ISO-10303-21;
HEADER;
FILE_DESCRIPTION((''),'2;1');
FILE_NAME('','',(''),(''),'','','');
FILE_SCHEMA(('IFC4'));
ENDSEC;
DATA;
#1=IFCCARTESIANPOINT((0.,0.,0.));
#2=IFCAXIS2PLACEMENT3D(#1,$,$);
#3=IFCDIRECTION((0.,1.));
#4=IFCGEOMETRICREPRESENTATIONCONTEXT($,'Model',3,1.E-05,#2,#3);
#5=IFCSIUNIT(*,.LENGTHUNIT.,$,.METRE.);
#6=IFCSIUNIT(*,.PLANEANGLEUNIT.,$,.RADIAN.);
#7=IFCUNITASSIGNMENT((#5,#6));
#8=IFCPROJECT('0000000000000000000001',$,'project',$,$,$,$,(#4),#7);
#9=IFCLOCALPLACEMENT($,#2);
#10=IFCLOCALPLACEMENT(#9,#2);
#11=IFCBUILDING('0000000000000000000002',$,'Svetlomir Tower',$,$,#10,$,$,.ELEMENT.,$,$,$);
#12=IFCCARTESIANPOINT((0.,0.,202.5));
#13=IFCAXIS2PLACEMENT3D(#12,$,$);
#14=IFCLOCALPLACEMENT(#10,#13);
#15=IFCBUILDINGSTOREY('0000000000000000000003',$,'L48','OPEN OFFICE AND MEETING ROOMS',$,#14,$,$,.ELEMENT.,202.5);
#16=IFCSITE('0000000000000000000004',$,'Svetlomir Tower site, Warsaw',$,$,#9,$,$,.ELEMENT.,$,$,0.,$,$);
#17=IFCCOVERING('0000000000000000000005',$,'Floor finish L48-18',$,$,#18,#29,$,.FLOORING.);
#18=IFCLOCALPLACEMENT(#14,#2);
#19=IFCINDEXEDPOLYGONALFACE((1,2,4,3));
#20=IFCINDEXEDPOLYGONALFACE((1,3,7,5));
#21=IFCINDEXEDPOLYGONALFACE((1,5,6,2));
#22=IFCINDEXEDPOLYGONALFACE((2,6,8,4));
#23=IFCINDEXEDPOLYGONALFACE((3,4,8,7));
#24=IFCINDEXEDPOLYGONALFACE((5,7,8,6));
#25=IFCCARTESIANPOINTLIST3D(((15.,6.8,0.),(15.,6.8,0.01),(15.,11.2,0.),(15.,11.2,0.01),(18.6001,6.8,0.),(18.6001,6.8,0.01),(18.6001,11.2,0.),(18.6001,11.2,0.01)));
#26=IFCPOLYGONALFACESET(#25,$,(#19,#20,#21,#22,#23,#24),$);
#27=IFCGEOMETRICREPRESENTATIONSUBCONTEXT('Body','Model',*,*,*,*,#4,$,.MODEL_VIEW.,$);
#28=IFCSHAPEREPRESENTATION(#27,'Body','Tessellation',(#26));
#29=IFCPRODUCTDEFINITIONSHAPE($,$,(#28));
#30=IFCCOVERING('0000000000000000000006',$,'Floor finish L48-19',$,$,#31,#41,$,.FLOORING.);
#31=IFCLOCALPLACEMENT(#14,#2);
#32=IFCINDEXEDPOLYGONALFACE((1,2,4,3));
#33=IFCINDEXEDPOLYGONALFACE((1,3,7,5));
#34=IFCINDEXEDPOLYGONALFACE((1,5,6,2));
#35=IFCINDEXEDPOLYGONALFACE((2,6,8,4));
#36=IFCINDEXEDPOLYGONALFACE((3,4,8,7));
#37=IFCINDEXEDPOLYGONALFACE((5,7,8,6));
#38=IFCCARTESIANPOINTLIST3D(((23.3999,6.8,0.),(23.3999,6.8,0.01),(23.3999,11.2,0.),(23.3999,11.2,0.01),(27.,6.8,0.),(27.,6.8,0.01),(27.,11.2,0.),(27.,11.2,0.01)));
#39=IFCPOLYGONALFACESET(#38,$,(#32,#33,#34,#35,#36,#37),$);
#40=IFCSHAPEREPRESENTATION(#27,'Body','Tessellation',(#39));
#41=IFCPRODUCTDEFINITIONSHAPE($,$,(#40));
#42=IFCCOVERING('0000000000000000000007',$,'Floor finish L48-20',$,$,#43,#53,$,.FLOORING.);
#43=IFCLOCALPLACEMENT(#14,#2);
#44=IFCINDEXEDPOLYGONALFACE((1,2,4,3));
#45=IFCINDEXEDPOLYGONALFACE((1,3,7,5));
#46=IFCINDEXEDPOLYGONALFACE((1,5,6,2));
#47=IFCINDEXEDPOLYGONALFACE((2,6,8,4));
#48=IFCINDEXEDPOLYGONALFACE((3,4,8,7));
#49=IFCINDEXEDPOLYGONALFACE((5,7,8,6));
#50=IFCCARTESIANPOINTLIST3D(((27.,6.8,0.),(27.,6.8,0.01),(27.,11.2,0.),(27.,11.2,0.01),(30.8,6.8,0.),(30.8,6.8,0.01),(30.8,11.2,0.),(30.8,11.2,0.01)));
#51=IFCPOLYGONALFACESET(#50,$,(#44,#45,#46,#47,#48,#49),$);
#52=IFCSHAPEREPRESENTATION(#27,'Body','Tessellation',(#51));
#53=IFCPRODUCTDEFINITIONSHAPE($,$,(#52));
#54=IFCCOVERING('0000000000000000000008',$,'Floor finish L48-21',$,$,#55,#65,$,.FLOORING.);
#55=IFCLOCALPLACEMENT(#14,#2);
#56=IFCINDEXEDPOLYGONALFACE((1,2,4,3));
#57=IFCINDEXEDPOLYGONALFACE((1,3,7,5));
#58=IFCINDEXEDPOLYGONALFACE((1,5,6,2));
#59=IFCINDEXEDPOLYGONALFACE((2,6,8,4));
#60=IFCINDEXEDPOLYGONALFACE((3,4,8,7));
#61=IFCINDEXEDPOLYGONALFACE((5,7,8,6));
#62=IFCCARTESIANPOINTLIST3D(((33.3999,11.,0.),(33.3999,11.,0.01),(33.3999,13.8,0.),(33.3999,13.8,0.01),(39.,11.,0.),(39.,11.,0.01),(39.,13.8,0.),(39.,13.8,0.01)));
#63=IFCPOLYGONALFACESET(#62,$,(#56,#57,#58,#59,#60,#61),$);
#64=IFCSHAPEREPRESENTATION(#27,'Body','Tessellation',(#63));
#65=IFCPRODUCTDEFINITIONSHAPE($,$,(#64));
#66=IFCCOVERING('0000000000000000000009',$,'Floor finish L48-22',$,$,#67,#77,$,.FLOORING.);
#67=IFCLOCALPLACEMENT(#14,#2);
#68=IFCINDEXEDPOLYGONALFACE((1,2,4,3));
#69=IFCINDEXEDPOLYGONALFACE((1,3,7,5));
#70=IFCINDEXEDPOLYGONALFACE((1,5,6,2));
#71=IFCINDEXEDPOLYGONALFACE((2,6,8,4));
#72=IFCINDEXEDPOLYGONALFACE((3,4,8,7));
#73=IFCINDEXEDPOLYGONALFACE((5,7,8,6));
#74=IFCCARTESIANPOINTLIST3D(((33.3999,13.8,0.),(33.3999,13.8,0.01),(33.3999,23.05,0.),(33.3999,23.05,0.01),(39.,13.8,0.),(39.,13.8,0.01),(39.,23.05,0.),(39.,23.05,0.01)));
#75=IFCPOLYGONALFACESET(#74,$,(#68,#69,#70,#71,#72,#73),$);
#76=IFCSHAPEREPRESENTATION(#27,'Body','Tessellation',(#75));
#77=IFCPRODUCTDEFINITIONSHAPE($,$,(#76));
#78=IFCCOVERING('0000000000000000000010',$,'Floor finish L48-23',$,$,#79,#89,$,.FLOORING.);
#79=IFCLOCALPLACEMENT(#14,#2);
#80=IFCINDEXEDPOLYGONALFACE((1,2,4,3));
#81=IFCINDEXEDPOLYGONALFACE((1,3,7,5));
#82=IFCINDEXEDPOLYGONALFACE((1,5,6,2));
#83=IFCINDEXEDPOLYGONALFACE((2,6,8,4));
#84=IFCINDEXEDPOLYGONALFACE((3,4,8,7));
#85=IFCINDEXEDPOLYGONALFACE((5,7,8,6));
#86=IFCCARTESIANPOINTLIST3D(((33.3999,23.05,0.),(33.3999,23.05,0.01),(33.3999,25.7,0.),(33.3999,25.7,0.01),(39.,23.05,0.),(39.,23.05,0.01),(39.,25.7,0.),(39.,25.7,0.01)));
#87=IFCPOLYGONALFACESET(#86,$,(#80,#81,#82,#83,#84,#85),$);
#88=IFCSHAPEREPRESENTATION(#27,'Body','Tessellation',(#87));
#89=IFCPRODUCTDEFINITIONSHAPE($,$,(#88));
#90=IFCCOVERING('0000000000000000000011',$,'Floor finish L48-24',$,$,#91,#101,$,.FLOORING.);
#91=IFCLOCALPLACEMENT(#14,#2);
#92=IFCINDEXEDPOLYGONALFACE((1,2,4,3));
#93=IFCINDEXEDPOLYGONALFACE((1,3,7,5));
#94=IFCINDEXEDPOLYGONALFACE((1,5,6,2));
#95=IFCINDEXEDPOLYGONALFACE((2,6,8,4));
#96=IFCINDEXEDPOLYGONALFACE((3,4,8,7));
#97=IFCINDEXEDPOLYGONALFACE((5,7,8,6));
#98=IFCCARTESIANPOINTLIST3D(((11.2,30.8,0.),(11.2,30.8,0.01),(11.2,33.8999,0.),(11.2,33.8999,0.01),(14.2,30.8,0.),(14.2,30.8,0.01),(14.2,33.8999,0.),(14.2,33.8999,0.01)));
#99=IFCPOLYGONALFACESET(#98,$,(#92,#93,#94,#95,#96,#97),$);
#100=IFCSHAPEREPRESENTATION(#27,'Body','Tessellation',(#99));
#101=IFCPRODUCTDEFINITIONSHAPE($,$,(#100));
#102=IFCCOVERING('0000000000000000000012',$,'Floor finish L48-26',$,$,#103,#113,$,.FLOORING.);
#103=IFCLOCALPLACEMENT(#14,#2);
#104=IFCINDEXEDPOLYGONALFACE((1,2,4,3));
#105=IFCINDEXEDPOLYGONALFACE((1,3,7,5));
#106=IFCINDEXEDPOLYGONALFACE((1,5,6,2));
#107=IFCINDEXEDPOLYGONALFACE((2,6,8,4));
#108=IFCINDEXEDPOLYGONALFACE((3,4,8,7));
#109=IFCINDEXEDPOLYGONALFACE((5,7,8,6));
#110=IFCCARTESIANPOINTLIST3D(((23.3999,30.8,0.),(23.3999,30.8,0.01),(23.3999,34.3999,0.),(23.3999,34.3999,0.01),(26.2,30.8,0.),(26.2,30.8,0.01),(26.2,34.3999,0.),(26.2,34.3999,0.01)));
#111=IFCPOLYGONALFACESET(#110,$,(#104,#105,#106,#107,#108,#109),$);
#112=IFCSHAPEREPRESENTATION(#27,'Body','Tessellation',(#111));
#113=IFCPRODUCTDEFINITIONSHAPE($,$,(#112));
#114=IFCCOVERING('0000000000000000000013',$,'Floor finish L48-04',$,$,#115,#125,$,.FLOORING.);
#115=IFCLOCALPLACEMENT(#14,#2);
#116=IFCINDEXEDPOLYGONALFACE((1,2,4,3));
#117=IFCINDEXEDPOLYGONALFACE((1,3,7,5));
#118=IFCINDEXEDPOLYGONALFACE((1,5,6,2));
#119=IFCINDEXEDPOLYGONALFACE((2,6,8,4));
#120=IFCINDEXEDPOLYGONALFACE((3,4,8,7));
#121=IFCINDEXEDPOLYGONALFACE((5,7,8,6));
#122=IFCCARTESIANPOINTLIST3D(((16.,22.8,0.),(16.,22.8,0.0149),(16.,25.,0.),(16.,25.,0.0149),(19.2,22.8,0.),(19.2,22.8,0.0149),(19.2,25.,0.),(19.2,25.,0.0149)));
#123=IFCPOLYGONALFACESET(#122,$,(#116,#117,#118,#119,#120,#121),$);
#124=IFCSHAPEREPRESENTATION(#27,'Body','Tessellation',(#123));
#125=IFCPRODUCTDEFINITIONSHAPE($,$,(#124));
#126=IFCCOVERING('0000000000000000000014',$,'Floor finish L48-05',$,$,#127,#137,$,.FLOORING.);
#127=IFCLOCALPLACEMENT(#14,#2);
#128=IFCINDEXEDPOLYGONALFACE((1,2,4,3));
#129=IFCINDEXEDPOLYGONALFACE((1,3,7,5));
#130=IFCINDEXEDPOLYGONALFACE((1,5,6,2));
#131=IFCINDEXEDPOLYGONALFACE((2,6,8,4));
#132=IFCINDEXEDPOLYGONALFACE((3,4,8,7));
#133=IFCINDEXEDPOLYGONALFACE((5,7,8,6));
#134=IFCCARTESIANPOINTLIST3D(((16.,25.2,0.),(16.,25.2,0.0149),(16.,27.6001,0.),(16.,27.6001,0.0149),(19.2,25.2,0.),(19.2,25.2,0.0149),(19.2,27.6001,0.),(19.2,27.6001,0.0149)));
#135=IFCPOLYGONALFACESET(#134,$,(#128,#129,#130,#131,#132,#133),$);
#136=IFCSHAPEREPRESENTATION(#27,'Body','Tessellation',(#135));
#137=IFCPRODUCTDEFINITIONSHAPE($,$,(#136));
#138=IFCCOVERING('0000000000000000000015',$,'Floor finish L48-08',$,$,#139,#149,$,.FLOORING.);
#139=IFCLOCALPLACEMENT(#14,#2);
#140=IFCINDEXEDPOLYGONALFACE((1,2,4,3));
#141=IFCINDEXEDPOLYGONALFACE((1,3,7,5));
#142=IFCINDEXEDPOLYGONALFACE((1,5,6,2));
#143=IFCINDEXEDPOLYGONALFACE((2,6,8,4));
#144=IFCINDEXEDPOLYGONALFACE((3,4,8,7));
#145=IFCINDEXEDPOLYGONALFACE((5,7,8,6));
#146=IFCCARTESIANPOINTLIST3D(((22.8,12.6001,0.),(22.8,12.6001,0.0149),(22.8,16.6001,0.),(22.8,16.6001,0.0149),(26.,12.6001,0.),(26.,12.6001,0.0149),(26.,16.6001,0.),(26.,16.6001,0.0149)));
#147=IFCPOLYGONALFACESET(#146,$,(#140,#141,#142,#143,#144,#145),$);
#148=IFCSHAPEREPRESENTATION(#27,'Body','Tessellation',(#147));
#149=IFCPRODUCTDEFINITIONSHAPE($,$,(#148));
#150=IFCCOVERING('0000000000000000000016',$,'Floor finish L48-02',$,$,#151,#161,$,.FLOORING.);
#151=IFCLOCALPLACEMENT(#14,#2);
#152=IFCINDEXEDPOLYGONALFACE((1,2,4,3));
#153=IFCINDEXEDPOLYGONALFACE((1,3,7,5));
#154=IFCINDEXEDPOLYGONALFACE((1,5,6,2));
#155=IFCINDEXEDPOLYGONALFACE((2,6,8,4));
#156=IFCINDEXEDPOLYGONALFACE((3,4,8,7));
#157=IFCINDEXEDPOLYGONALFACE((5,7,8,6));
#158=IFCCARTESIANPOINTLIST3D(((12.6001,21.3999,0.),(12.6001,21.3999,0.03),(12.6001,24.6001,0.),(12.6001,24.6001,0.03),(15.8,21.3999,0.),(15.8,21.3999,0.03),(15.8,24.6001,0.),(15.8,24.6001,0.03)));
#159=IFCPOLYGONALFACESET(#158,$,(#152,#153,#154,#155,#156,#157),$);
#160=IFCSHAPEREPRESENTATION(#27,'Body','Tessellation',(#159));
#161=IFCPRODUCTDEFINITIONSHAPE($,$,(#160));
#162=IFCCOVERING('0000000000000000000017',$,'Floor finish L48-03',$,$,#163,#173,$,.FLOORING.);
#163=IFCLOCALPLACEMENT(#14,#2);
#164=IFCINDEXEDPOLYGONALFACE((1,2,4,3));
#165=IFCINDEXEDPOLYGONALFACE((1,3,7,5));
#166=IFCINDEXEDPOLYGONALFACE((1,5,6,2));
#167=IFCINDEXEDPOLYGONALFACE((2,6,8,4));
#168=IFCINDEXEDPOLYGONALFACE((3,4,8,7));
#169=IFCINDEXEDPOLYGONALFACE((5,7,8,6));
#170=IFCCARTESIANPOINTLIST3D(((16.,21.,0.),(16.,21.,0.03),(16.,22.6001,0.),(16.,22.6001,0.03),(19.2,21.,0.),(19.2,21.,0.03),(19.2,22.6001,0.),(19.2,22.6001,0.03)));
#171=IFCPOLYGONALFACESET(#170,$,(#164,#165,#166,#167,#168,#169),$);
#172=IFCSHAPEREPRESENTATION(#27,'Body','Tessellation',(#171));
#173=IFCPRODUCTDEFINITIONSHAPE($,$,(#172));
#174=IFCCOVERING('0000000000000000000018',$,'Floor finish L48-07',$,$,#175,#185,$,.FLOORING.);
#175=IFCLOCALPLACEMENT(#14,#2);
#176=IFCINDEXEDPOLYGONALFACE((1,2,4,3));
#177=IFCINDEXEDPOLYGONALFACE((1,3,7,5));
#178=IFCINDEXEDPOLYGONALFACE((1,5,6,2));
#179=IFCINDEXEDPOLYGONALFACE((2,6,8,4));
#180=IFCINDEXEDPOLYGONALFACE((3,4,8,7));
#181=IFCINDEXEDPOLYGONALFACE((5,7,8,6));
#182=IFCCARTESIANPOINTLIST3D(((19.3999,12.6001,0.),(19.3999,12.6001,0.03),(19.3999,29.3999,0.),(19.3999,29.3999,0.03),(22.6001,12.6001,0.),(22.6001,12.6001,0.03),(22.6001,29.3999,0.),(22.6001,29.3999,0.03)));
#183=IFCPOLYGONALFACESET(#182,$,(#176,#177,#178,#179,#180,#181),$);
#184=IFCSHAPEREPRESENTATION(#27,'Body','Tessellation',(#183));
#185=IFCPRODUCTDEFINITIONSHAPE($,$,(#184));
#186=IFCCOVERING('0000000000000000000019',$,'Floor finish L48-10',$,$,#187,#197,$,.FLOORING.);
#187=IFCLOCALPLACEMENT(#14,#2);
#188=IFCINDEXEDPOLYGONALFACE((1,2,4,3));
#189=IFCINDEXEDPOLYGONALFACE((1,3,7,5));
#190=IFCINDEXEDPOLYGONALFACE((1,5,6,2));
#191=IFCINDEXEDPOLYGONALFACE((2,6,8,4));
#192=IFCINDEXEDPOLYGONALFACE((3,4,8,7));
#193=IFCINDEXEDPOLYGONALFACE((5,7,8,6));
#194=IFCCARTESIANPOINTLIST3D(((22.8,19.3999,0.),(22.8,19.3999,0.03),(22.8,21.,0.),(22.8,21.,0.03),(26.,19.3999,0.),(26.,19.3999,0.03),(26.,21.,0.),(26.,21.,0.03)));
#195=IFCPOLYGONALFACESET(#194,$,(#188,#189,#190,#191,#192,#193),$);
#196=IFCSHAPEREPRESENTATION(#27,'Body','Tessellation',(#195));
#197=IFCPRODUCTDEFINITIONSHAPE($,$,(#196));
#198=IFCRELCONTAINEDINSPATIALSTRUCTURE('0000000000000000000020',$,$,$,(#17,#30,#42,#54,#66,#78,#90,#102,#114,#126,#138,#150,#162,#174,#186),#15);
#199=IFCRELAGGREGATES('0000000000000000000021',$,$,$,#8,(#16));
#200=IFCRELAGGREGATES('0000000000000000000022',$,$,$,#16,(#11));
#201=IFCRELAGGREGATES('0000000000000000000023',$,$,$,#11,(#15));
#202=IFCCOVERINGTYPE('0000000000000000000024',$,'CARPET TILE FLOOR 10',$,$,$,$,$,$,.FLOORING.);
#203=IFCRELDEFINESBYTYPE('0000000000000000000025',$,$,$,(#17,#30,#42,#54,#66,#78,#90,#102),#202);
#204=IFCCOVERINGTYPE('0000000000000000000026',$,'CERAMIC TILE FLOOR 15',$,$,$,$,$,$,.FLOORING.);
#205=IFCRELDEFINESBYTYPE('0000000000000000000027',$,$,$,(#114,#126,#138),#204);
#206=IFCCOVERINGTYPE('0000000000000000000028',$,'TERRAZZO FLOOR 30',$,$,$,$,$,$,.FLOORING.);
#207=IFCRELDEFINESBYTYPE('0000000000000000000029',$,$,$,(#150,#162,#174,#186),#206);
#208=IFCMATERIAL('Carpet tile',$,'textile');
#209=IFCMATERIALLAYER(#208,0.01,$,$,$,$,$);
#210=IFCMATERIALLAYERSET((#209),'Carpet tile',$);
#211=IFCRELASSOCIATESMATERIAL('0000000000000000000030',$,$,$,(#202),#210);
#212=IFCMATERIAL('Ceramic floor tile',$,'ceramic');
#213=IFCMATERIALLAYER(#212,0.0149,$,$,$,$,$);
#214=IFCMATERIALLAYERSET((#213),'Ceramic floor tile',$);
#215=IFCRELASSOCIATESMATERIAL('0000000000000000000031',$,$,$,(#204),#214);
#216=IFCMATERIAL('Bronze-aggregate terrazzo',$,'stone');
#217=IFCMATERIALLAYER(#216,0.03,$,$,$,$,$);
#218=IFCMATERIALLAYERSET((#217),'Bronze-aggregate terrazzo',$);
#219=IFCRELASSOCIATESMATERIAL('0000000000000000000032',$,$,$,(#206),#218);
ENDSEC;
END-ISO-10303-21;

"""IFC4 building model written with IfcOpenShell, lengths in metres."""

from ifc_helpers import new_model, si_unit, direction, frame, origin, place, context, subcontext, project, spatial, polyline, outline, extrude, material, layer, layer_set, type_object, element, save


model = new_model("IFC4")

# Units and contexts
model_context = context("Model", 3, precision=1e-05, world=origin(), true_north=direction((0.0, 1.0)))
body_context = subcontext(model_context, "Body", "Model", "MODEL_VIEW")
ifc_project = project(units=[si_unit("LENGTHUNIT", "METRE"), si_unit("PLANEANGLEUNIT", "RADIAN")], contexts=[model_context])

# Site, building, storey
site_placement = place(None, origin())
site = spatial("IfcSite", under=ifc_project, at=site_placement, Name="Svetlomir Tower site, Warsaw", CompositionType="ELEMENT", RefElevation=0.0)
building_placement = place(site_placement, origin())
building = spatial("IfcBuilding", under=site, at=building_placement, Name="Svetlomir Tower", CompositionType="ELEMENT")
storey_placement = place(building_placement, frame((0.0, 0.0, 202.5)))
storey = spatial("IfcBuildingStorey", under=building, at=storey_placement, Name="L48", Description="OPEN OFFICE AND MEETING ROOMS", CompositionType="ELEMENT", Elevation=202.5)

# Coverings
ifc_material_1 = material(Name="Carpet tile", Category="textile")
ifc_layer_1 = layer(ifc_material_1, 0.01)
ifc_layer_set_1 = layer_set([ifc_layer_1], Name="Carpet tile")
covering_type_1 = type_object("IfcCoveringType", Name="CARPET TILE FLOOR 10", PredefinedType="FLOORING", material=ifc_layer_set_1)
covering_1_placement = place(storey_placement, origin())
element("IfcCovering", 1, at=covering_1_placement, inside=storey, type_object=covering_type_1, Name="Floor finish L48-18", PredefinedType="FLOORING", context=body_context, shape_type="SweptSolid", body=[
    extrude(outline(polyline([(15.0, 6.8), (18.6001, 6.8), (18.6001, 11.2), (15.0, 11.2), (15.0, 6.8)])), origin(), (0.0, 0.0, 1.0), 0.01),
])
covering_2_placement = place(storey_placement, origin())
element("IfcCovering", 2, at=covering_2_placement, inside=storey, type_object=covering_type_1, Name="Floor finish L48-19", PredefinedType="FLOORING", context=body_context, shape_type="SweptSolid", body=[
    extrude(outline(polyline([(23.3999, 6.8), (27.0, 6.8), (27.0, 11.2), (23.3999, 11.2), (23.3999, 6.8)])), origin(), (0.0, 0.0, 1.0), 0.01),
])
covering_3_placement = place(storey_placement, origin())
element("IfcCovering", 3, at=covering_3_placement, inside=storey, type_object=covering_type_1, Name="Floor finish L48-20", PredefinedType="FLOORING", context=body_context, shape_type="SweptSolid", body=[
    extrude(outline(polyline([(27.0, 6.8), (30.8, 6.8), (30.8, 11.2), (27.0, 11.2), (27.0, 6.8)])), origin(), (0.0, 0.0, 1.0), 0.01),
])
covering_4_placement = place(storey_placement, origin())
element("IfcCovering", 4, at=covering_4_placement, inside=storey, type_object=covering_type_1, Name="Floor finish L48-21", PredefinedType="FLOORING", context=body_context, shape_type="SweptSolid", body=[
    extrude(outline(polyline([(33.3999, 11.0), (39.0, 11.0), (39.0, 13.8), (33.3999, 13.8), (33.3999, 11.0)])), origin(), (0.0, 0.0, 1.0), 0.01),
])
covering_5_placement = place(storey_placement, origin())
element("IfcCovering", 5, at=covering_5_placement, inside=storey, type_object=covering_type_1, Name="Floor finish L48-22", PredefinedType="FLOORING", context=body_context, shape_type="SweptSolid", body=[
    extrude(outline(polyline([(33.3999, 13.8), (39.0, 13.8), (39.0, 23.05), (33.3999, 23.05), (33.3999, 13.8)])), origin(), (0.0, 0.0, 1.0), 0.01),
])
covering_6_placement = place(storey_placement, origin())
element("IfcCovering", 6, at=covering_6_placement, inside=storey, type_object=covering_type_1, Name="Floor finish L48-23", PredefinedType="FLOORING", context=body_context, shape_type="SweptSolid", body=[
    extrude(outline(polyline([(33.3999, 23.05), (39.0, 23.05), (39.0, 25.7), (33.3999, 25.7), (33.3999, 23.05)])), origin(), (0.0, 0.0, 1.0), 0.01),
])
covering_7_placement = place(storey_placement, origin())
element("IfcCovering", 7, at=covering_7_placement, inside=storey, type_object=covering_type_1, Name="Floor finish L48-24", PredefinedType="FLOORING", context=body_context, shape_type="SweptSolid", body=[
    extrude(outline(polyline([(11.2, 30.8), (14.2, 30.8), (14.2, 33.8999), (11.2, 33.8999), (11.2, 30.8)])), origin(), (0.0, 0.0, 1.0), 0.01),
])
covering_8_placement = place(storey_placement, origin())
element("IfcCovering", 8, at=covering_8_placement, inside=storey, type_object=covering_type_1, Name="Floor finish L48-26", PredefinedType="FLOORING", context=body_context, shape_type="SweptSolid", body=[
    extrude(outline(polyline([(23.3999, 30.8), (26.2, 30.8), (26.2, 34.3999), (23.3999, 34.3999), (23.3999, 30.8)])), origin(), (0.0, 0.0, 1.0), 0.01),
])
ifc_material_2 = material(Name="Ceramic floor tile", Category="ceramic")
ifc_layer_2 = layer(ifc_material_2, 0.0149)
ifc_layer_set_2 = layer_set([ifc_layer_2], Name="Ceramic floor tile")
covering_type_2 = type_object("IfcCoveringType", Name="CERAMIC TILE FLOOR 15", PredefinedType="FLOORING", material=ifc_layer_set_2)
covering_9_placement = place(storey_placement, origin())
element("IfcCovering", 9, at=covering_9_placement, inside=storey, type_object=covering_type_2, Name="Floor finish L48-04", PredefinedType="FLOORING", context=body_context, shape_type="SweptSolid", body=[
    extrude(outline(polyline([(16.0, 22.8), (19.2, 22.8), (19.2, 25.0), (16.0, 25.0), (16.0, 22.8)])), origin(), (0.0, 0.0, 1.0), 0.0149),
])
covering_10_placement = place(storey_placement, origin())
element("IfcCovering", 10, at=covering_10_placement, inside=storey, type_object=covering_type_2, Name="Floor finish L48-05", PredefinedType="FLOORING", context=body_context, shape_type="SweptSolid", body=[
    extrude(outline(polyline([(16.0, 25.2), (19.2, 25.2), (19.2, 27.6001), (16.0, 27.6001), (16.0, 25.2)])), origin(), (0.0, 0.0, 1.0), 0.0149),
])
covering_11_placement = place(storey_placement, origin())
element("IfcCovering", 11, at=covering_11_placement, inside=storey, type_object=covering_type_2, Name="Floor finish L48-08", PredefinedType="FLOORING", context=body_context, shape_type="SweptSolid", body=[
    extrude(outline(polyline([(22.8, 12.6001), (26.0, 12.6001), (26.0, 16.6001), (22.8, 16.6001), (22.8, 12.6001)])), origin(), (0.0, 0.0, 1.0), 0.0149),
])
ifc_material_3 = material(Name="Bronze-aggregate terrazzo", Category="stone")
ifc_layer_3 = layer(ifc_material_3, 0.03)
ifc_layer_set_3 = layer_set([ifc_layer_3], Name="Bronze-aggregate terrazzo")
covering_type_3 = type_object("IfcCoveringType", Name="TERRAZZO FLOOR 30", PredefinedType="FLOORING", material=ifc_layer_set_3)
covering_12_placement = place(storey_placement, origin())
element("IfcCovering", 12, at=covering_12_placement, inside=storey, type_object=covering_type_3, Name="Floor finish L48-02", PredefinedType="FLOORING", context=body_context, shape_type="SweptSolid", body=[
    extrude(outline(polyline([(12.6001, 21.3999), (15.8, 21.3999), (15.8, 24.6001), (12.6001, 24.6001), (12.6001, 21.3999)])), origin(), (0.0, 0.0, 1.0), 0.03),
])
covering_13_placement = place(storey_placement, origin())
element("IfcCovering", 13, at=covering_13_placement, inside=storey, type_object=covering_type_3, Name="Floor finish L48-03", PredefinedType="FLOORING", context=body_context, shape_type="SweptSolid", body=[
    extrude(outline(polyline([(16.0, 21.0), (19.2, 21.0), (19.2, 22.6001), (16.0, 22.6001), (16.0, 21.0)])), origin(), (0.0, 0.0, 1.0), 0.03),
])
covering_14_placement = place(storey_placement, origin())
element("IfcCovering", 14, at=covering_14_placement, inside=storey, type_object=covering_type_3, Name="Floor finish L48-07", PredefinedType="FLOORING", context=body_context, shape_type="SweptSolid", body=[
    extrude(outline(polyline([(19.3999, 12.6001), (22.6001, 12.6001), (22.6001, 29.3999), (19.3999, 29.3999), (19.3999, 12.6001)])), origin(), (0.0, 0.0, 1.0), 0.03),
])
covering_15_placement = place(storey_placement, origin())
element("IfcCovering", 15, at=covering_15_placement, inside=storey, type_object=covering_type_3, Name="Floor finish L48-10", PredefinedType="FLOORING", context=body_context, shape_type="SweptSolid", body=[
    extrude(outline(polyline([(22.8, 19.3999), (26.0, 19.3999), (26.0, 21.0), (22.8, 21.0), (22.8, 19.3999)])), origin(), (0.0, 0.0, 1.0), 0.03),
])

save(model, "model.ifc")
